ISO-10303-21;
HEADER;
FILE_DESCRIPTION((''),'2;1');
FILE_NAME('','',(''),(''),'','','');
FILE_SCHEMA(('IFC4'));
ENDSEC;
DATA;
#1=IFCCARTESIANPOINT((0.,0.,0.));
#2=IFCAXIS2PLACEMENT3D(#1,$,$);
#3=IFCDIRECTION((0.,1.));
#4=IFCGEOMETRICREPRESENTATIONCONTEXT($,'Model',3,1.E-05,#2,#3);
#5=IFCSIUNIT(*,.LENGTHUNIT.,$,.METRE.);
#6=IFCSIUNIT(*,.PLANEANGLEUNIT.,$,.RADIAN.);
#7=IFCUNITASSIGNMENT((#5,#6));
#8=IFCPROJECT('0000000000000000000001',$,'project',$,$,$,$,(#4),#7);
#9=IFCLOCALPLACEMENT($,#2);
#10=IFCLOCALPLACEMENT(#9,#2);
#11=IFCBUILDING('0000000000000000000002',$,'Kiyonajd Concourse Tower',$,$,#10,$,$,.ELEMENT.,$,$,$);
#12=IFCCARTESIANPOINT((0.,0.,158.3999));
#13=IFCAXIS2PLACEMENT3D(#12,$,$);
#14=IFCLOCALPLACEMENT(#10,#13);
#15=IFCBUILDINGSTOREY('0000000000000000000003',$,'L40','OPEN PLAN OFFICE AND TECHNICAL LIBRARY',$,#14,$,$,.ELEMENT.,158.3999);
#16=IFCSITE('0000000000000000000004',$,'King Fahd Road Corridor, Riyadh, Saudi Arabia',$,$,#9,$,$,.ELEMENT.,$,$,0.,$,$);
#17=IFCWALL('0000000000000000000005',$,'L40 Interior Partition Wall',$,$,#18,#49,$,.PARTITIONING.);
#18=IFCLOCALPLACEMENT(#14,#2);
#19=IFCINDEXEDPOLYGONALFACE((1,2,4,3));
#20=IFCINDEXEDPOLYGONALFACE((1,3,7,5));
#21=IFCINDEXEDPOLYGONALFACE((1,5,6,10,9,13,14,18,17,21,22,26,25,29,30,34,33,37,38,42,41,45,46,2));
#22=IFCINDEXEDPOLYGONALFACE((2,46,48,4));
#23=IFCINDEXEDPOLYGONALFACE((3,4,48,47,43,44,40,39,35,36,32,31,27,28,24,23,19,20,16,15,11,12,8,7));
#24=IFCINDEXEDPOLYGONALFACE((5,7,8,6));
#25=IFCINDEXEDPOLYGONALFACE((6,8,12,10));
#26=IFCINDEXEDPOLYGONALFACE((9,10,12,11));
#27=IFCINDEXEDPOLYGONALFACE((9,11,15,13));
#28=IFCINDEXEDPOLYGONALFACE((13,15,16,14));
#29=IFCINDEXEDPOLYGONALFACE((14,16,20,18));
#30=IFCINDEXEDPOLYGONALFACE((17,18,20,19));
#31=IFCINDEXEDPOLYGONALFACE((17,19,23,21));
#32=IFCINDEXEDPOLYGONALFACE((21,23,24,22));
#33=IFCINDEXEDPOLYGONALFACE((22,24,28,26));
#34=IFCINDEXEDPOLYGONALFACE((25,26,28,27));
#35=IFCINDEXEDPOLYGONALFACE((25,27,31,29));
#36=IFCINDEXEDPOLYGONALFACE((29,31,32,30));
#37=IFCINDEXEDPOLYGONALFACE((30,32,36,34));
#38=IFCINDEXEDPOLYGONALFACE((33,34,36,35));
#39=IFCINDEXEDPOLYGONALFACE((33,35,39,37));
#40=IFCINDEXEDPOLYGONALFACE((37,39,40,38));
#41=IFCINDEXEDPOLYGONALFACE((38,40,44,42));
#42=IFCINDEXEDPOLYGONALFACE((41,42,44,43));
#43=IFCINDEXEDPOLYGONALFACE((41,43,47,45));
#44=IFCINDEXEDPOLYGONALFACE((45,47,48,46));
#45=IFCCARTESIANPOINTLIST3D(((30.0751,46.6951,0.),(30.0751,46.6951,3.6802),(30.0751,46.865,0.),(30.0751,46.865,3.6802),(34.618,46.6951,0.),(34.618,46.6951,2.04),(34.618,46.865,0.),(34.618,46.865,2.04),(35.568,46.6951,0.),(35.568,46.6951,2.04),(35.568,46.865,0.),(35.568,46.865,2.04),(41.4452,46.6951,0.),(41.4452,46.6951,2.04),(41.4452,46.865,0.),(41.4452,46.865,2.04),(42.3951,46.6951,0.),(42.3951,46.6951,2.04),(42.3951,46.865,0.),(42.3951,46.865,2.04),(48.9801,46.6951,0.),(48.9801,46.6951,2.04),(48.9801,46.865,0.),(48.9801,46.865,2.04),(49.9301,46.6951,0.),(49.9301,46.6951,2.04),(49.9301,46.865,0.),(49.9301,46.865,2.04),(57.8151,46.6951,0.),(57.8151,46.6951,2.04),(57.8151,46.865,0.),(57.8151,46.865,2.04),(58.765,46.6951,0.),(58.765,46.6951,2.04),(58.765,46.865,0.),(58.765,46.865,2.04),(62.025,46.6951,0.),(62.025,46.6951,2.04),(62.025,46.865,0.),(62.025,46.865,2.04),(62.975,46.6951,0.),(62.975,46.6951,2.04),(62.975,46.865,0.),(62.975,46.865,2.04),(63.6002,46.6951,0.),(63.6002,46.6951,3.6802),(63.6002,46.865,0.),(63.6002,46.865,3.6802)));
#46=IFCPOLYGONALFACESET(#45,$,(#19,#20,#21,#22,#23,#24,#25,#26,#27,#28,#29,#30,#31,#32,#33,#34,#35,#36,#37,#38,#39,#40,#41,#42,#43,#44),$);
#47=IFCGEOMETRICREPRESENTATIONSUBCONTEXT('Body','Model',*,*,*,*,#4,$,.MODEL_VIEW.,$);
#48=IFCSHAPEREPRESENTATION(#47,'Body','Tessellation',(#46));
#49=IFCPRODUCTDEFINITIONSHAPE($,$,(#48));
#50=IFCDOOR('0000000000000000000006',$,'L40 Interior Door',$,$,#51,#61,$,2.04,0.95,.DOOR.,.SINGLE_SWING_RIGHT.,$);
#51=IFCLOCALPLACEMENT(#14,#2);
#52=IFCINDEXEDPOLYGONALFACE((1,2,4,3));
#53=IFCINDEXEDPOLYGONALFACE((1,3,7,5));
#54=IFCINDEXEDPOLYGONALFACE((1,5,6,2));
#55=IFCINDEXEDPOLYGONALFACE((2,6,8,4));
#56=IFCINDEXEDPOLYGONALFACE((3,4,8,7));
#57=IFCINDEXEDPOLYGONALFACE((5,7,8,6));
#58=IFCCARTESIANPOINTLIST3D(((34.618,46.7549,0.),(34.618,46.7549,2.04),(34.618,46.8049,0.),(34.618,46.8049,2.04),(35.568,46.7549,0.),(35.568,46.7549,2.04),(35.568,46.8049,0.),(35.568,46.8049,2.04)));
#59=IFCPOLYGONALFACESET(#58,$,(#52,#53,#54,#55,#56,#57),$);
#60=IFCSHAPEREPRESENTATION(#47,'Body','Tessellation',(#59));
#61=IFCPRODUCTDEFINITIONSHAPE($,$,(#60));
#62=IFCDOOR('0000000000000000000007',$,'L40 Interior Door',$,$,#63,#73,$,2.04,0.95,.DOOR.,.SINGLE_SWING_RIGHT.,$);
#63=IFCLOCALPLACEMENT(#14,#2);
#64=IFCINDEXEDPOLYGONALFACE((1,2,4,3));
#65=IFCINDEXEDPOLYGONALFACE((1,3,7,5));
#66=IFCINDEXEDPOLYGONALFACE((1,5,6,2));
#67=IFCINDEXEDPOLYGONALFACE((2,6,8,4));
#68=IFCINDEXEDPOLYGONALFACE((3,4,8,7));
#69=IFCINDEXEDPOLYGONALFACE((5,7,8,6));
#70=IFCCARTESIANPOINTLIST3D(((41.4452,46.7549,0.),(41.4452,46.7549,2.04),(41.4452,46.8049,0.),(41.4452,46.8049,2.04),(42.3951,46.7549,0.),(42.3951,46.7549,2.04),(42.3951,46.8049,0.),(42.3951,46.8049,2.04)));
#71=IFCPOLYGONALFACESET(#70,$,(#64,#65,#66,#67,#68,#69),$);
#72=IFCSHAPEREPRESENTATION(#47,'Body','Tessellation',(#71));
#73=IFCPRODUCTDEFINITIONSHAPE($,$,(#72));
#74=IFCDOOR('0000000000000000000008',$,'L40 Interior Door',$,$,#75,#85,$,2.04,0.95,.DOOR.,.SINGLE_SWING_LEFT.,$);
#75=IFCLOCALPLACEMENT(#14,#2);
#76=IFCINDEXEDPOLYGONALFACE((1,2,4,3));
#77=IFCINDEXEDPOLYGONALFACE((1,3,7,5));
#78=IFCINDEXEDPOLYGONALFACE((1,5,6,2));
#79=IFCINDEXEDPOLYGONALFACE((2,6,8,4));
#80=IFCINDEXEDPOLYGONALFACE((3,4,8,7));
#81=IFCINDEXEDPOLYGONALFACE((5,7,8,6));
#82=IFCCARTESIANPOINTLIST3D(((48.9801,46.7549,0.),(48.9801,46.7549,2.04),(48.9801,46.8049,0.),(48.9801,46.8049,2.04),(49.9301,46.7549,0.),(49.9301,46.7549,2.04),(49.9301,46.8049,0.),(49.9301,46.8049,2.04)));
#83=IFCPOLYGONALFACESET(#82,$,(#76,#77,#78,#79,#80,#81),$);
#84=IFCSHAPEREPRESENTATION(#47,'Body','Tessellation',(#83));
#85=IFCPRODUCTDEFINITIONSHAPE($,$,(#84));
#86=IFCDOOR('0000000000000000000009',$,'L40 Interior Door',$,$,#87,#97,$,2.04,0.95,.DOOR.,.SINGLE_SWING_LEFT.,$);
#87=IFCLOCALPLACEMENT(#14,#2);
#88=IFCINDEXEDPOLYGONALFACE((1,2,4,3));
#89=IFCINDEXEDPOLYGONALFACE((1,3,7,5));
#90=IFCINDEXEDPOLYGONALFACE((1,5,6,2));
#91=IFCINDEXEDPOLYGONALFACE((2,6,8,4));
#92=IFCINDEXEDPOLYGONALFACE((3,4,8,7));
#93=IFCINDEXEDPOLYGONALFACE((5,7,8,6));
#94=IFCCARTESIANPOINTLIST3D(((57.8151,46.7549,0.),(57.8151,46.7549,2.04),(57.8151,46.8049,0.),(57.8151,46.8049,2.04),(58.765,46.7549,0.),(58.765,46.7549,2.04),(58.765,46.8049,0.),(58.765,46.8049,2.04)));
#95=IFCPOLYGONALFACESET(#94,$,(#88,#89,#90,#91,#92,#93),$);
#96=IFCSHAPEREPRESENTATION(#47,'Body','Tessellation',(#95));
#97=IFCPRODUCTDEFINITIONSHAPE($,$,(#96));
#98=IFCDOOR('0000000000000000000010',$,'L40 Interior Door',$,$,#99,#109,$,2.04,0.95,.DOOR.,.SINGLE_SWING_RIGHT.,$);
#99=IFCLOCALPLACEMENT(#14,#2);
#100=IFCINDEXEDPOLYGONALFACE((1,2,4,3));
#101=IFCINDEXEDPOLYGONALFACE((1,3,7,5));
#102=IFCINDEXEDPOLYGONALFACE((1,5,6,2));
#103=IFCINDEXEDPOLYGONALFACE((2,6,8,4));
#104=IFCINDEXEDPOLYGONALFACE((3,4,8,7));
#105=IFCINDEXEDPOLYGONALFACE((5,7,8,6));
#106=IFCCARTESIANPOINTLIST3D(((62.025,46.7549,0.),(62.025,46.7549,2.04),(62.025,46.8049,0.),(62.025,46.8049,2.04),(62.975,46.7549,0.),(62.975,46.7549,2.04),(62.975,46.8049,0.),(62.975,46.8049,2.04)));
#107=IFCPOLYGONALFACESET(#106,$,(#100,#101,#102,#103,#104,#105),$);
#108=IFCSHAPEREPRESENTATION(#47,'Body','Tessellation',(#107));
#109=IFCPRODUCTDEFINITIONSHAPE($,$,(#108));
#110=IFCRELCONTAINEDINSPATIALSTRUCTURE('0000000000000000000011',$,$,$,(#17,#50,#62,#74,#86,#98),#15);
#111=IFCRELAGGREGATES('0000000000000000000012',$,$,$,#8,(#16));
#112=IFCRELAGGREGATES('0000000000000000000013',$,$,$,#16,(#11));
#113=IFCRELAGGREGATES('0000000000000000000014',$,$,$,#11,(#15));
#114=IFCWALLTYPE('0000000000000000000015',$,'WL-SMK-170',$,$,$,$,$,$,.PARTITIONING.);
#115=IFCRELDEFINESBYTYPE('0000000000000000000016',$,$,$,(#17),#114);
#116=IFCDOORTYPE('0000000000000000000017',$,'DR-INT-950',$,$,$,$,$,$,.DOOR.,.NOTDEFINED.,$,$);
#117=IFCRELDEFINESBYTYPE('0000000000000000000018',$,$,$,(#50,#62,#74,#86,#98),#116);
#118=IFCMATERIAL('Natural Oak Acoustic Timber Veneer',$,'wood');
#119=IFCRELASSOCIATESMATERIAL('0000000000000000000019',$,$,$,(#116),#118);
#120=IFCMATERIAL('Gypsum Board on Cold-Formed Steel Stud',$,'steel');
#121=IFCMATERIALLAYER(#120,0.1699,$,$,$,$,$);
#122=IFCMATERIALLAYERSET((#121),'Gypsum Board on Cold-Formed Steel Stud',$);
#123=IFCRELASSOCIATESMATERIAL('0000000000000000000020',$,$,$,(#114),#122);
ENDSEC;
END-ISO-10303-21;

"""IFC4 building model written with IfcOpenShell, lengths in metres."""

from ifc_helpers import new_model, si_unit, direction, frame, frame_2d, origin, place, context, subcontext, project, spatial, rectangle, extrude, material, layer, layer_set, type_object, element, fill, save


model = new_model("IFC4")

# Units and contexts
model_context = context("Model", 3, precision=1e-05, world=origin(), true_north=direction((0.0, 1.0)))
body_context = subcontext(model_context, "Body", "Model", "MODEL_VIEW")
ifc_project = project(units=[si_unit("LENGTHUNIT", "METRE"), si_unit("PLANEANGLEUNIT", "RADIAN")], contexts=[model_context])

# Site, building, storey
site_placement = place(None, origin())
site = spatial("IfcSite", under=ifc_project, at=site_placement, Name="King Fahd Road Corridor, Riyadh, Saudi Arabia", CompositionType="ELEMENT", RefElevation=0.0)
building_placement = place(site_placement, origin())
building = spatial("IfcBuilding", under=site, at=building_placement, Name="Kiyonajd Concourse Tower", CompositionType="ELEMENT")
storey_placement = place(building_placement, frame((0.0, 0.0, 158.3999)))
storey = spatial("IfcBuildingStorey", under=building, at=storey_placement, Name="L40", Description="OPEN PLAN OFFICE AND TECHNICAL LIBRARY", CompositionType="ELEMENT", Elevation=158.3999)

# Shared definitions
ifc_material_1 = material(Name="Natural Oak Acoustic Timber Veneer", Category="wood")
door_type_1 = type_object("IfcDoorType", Name="DR-INT-950", OperationType="NOTDEFINED", PredefinedType="DOOR", material=ifc_material_1)

# Shared definitions
ifc_material_2 = material(Name="Gypsum Board on Cold-Formed Steel Stud", Category="steel")

# Wall, openings, doors
ifc_layer_1 = layer(ifc_material_2, 0.1699)
ifc_layer_set_1 = layer_set([ifc_layer_1], Name="Gypsum Board on Cold-Formed Steel Stud")
wall_type_1 = type_object("IfcWallType", Name="WL-SMK-170", PredefinedType="PARTITIONING", material=ifc_layer_set_1)
wall_1_placement = place(storey_placement, frame((30.075, 46.78, 0.0), z_axis=(0.0, 0.0, 1.0), x_axis=(1.0, 0.0, 0.0)))
wall_1 = element("IfcWall", 1, at=wall_1_placement, inside=storey, type_object=wall_type_1, Name="L40 Interior Partition Wall", PredefinedType="PARTITIONING", context=body_context, shape_type="SweptSolid", body=[
    extrude(rectangle(XDim=33.5251, YDim=0.1699, at=frame_2d((16.7627, 0.0))), origin(), (0.0, 0.0, 1.0), 3.6802),
])
opening_1_placement = place(wall_1_placement, frame((4.543, 0.0, 0.0)))
opening_1 = element("IfcOpeningElement", 2, at=opening_1_placement, cuts=wall_1, PredefinedType="OPENING", context=body_context, shape_type="SweptSolid", body=[
    extrude(rectangle(XDim=0.95, YDim=2.04, at=frame_2d((0.4751, 1.02))), frame((0.0, 0.095, 0.0), z_axis=(0.0, -1.0, 0.0), x_axis=(1.0, 0.0, 0.0)), (0.0, 0.0, 1.0), 0.1899),
])
opening_2_placement = place(wall_1_placement, frame((11.3701, 0.0, 0.0)))
opening_2 = element("IfcOpeningElement", 3, at=opening_2_placement, cuts=wall_1, PredefinedType="OPENING", context=body_context, shape_type="SweptSolid", body=[
    extrude(rectangle(XDim=0.95, YDim=2.04, at=frame_2d((0.4751, 1.02))), frame((0.0, 0.095, 0.0), z_axis=(0.0, -1.0, 0.0), x_axis=(1.0, 0.0, 0.0)), (0.0, 0.0, 1.0), 0.1899),
])
opening_3_placement = place(wall_1_placement, frame((18.905, 0.0, 0.0)))
opening_3 = element("IfcOpeningElement", 4, at=opening_3_placement, cuts=wall_1, PredefinedType="OPENING", context=body_context, shape_type="SweptSolid", body=[
    extrude(rectangle(XDim=0.95, YDim=2.04, at=frame_2d((0.4751, 1.02))), frame((0.0, 0.095, 0.0), z_axis=(0.0, -1.0, 0.0), x_axis=(1.0, 0.0, 0.0)), (0.0, 0.0, 1.0), 0.1899),
])
opening_4_placement = place(wall_1_placement, frame((27.74, 0.0, 0.0)))
opening_4 = element("IfcOpeningElement", 5, at=opening_4_placement, cuts=wall_1, PredefinedType="OPENING", context=body_context, shape_type="SweptSolid", body=[
    extrude(rectangle(XDim=0.95, YDim=2.04, at=frame_2d((0.4751, 1.02))), frame((0.0, 0.095, 0.0), z_axis=(0.0, -1.0, 0.0), x_axis=(1.0, 0.0, 0.0)), (0.0, 0.0, 1.0), 0.1899),
])
opening_5_placement = place(wall_1_placement, frame((31.95, 0.0, 0.0)))
opening_5 = element("IfcOpeningElement", 6, at=opening_5_placement, cuts=wall_1, PredefinedType="OPENING", context=body_context, shape_type="SweptSolid", body=[
    extrude(rectangle(XDim=0.95, YDim=2.04, at=frame_2d((0.4751, 1.02))), frame((0.0, 0.095, 0.0), z_axis=(0.0, -1.0, 0.0), x_axis=(1.0, 0.0, 0.0)), (0.0, 0.0, 1.0), 0.1899),
])
door_1_placement = place(opening_1_placement, origin())
door_1 = element("IfcDoor", 7, at=door_1_placement, inside=storey, type_object=door_type_1, Name="L40 Interior Door", OperationType="SINGLE_SWING_RIGHT", OverallHeight=2.04, OverallWidth=0.95, PredefinedType="DOOR", context=body_context, shape_type="SweptSolid", body=[
    extrude(rectangle(XDim=0.95, YDim=2.04, at=frame_2d((0.4751, 1.02))), frame((0.0, 0.0249, 0.0), z_axis=(0.0, -1.0, 0.0), x_axis=(1.0, 0.0, 0.0)), (0.0, 0.0, 1.0), 0.05),
])
fill(opening_1, door_1)
door_2_placement = place(opening_2_placement, origin())
door_2 = element("IfcDoor", 8, at=door_2_placement, inside=storey, type_object=door_type_1, Name="L40 Interior Door", OperationType="SINGLE_SWING_RIGHT", OverallHeight=2.04, OverallWidth=0.95, PredefinedType="DOOR", context=body_context, shape_type="SweptSolid", body=[
    extrude(rectangle(XDim=0.95, YDim=2.04, at=frame_2d((0.4751, 1.02))), frame((0.0, 0.0249, 0.0), z_axis=(0.0, -1.0, 0.0), x_axis=(1.0, 0.0, 0.0)), (0.0, 0.0, 1.0), 0.05),
])
fill(opening_2, door_2)
door_3_placement = place(opening_3_placement, origin())
door_3 = element("IfcDoor", 9, at=door_3_placement, inside=storey, type_object=door_type_1, Name="L40 Interior Door", OperationType="SINGLE_SWING_LEFT", OverallHeight=2.04, OverallWidth=0.95, PredefinedType="DOOR", context=body_context, shape_type="SweptSolid", body=[
    extrude(rectangle(XDim=0.95, YDim=2.04, at=frame_2d((0.4751, 1.02))), frame((0.0, 0.0249, 0.0), z_axis=(0.0, -1.0, 0.0), x_axis=(1.0, 0.0, 0.0)), (0.0, 0.0, 1.0), 0.05),
])
fill(opening_3, door_3)
door_4_placement = place(opening_4_placement, origin())
door_4 = element("IfcDoor", 10, at=door_4_placement, inside=storey, type_object=door_type_1, Name="L40 Interior Door", OperationType="SINGLE_SWING_LEFT", OverallHeight=2.04, OverallWidth=0.95, PredefinedType="DOOR", context=body_context, shape_type="SweptSolid", body=[
    extrude(rectangle(XDim=0.95, YDim=2.04, at=frame_2d((0.4751, 1.02))), frame((0.0, 0.0249, 0.0), z_axis=(0.0, -1.0, 0.0), x_axis=(1.0, 0.0, 0.0)), (0.0, 0.0, 1.0), 0.05),
])
fill(opening_4, door_4)
door_5_placement = place(opening_5_placement, origin())
door_5 = element("IfcDoor", 11, at=door_5_placement, inside=storey, type_object=door_type_1, Name="L40 Interior Door", OperationType="SINGLE_SWING_RIGHT", OverallHeight=2.04, OverallWidth=0.95, PredefinedType="DOOR", context=body_context, shape_type="SweptSolid", body=[
    extrude(rectangle(XDim=0.95, YDim=2.04, at=frame_2d((0.4751, 1.02))), frame((0.0, 0.0249, 0.0), z_axis=(0.0, -1.0, 0.0), x_axis=(1.0, 0.0, 0.0)), (0.0, 0.0, 1.0), 0.05),
])
fill(opening_5, door_5)

save(model, "model.ifc")
